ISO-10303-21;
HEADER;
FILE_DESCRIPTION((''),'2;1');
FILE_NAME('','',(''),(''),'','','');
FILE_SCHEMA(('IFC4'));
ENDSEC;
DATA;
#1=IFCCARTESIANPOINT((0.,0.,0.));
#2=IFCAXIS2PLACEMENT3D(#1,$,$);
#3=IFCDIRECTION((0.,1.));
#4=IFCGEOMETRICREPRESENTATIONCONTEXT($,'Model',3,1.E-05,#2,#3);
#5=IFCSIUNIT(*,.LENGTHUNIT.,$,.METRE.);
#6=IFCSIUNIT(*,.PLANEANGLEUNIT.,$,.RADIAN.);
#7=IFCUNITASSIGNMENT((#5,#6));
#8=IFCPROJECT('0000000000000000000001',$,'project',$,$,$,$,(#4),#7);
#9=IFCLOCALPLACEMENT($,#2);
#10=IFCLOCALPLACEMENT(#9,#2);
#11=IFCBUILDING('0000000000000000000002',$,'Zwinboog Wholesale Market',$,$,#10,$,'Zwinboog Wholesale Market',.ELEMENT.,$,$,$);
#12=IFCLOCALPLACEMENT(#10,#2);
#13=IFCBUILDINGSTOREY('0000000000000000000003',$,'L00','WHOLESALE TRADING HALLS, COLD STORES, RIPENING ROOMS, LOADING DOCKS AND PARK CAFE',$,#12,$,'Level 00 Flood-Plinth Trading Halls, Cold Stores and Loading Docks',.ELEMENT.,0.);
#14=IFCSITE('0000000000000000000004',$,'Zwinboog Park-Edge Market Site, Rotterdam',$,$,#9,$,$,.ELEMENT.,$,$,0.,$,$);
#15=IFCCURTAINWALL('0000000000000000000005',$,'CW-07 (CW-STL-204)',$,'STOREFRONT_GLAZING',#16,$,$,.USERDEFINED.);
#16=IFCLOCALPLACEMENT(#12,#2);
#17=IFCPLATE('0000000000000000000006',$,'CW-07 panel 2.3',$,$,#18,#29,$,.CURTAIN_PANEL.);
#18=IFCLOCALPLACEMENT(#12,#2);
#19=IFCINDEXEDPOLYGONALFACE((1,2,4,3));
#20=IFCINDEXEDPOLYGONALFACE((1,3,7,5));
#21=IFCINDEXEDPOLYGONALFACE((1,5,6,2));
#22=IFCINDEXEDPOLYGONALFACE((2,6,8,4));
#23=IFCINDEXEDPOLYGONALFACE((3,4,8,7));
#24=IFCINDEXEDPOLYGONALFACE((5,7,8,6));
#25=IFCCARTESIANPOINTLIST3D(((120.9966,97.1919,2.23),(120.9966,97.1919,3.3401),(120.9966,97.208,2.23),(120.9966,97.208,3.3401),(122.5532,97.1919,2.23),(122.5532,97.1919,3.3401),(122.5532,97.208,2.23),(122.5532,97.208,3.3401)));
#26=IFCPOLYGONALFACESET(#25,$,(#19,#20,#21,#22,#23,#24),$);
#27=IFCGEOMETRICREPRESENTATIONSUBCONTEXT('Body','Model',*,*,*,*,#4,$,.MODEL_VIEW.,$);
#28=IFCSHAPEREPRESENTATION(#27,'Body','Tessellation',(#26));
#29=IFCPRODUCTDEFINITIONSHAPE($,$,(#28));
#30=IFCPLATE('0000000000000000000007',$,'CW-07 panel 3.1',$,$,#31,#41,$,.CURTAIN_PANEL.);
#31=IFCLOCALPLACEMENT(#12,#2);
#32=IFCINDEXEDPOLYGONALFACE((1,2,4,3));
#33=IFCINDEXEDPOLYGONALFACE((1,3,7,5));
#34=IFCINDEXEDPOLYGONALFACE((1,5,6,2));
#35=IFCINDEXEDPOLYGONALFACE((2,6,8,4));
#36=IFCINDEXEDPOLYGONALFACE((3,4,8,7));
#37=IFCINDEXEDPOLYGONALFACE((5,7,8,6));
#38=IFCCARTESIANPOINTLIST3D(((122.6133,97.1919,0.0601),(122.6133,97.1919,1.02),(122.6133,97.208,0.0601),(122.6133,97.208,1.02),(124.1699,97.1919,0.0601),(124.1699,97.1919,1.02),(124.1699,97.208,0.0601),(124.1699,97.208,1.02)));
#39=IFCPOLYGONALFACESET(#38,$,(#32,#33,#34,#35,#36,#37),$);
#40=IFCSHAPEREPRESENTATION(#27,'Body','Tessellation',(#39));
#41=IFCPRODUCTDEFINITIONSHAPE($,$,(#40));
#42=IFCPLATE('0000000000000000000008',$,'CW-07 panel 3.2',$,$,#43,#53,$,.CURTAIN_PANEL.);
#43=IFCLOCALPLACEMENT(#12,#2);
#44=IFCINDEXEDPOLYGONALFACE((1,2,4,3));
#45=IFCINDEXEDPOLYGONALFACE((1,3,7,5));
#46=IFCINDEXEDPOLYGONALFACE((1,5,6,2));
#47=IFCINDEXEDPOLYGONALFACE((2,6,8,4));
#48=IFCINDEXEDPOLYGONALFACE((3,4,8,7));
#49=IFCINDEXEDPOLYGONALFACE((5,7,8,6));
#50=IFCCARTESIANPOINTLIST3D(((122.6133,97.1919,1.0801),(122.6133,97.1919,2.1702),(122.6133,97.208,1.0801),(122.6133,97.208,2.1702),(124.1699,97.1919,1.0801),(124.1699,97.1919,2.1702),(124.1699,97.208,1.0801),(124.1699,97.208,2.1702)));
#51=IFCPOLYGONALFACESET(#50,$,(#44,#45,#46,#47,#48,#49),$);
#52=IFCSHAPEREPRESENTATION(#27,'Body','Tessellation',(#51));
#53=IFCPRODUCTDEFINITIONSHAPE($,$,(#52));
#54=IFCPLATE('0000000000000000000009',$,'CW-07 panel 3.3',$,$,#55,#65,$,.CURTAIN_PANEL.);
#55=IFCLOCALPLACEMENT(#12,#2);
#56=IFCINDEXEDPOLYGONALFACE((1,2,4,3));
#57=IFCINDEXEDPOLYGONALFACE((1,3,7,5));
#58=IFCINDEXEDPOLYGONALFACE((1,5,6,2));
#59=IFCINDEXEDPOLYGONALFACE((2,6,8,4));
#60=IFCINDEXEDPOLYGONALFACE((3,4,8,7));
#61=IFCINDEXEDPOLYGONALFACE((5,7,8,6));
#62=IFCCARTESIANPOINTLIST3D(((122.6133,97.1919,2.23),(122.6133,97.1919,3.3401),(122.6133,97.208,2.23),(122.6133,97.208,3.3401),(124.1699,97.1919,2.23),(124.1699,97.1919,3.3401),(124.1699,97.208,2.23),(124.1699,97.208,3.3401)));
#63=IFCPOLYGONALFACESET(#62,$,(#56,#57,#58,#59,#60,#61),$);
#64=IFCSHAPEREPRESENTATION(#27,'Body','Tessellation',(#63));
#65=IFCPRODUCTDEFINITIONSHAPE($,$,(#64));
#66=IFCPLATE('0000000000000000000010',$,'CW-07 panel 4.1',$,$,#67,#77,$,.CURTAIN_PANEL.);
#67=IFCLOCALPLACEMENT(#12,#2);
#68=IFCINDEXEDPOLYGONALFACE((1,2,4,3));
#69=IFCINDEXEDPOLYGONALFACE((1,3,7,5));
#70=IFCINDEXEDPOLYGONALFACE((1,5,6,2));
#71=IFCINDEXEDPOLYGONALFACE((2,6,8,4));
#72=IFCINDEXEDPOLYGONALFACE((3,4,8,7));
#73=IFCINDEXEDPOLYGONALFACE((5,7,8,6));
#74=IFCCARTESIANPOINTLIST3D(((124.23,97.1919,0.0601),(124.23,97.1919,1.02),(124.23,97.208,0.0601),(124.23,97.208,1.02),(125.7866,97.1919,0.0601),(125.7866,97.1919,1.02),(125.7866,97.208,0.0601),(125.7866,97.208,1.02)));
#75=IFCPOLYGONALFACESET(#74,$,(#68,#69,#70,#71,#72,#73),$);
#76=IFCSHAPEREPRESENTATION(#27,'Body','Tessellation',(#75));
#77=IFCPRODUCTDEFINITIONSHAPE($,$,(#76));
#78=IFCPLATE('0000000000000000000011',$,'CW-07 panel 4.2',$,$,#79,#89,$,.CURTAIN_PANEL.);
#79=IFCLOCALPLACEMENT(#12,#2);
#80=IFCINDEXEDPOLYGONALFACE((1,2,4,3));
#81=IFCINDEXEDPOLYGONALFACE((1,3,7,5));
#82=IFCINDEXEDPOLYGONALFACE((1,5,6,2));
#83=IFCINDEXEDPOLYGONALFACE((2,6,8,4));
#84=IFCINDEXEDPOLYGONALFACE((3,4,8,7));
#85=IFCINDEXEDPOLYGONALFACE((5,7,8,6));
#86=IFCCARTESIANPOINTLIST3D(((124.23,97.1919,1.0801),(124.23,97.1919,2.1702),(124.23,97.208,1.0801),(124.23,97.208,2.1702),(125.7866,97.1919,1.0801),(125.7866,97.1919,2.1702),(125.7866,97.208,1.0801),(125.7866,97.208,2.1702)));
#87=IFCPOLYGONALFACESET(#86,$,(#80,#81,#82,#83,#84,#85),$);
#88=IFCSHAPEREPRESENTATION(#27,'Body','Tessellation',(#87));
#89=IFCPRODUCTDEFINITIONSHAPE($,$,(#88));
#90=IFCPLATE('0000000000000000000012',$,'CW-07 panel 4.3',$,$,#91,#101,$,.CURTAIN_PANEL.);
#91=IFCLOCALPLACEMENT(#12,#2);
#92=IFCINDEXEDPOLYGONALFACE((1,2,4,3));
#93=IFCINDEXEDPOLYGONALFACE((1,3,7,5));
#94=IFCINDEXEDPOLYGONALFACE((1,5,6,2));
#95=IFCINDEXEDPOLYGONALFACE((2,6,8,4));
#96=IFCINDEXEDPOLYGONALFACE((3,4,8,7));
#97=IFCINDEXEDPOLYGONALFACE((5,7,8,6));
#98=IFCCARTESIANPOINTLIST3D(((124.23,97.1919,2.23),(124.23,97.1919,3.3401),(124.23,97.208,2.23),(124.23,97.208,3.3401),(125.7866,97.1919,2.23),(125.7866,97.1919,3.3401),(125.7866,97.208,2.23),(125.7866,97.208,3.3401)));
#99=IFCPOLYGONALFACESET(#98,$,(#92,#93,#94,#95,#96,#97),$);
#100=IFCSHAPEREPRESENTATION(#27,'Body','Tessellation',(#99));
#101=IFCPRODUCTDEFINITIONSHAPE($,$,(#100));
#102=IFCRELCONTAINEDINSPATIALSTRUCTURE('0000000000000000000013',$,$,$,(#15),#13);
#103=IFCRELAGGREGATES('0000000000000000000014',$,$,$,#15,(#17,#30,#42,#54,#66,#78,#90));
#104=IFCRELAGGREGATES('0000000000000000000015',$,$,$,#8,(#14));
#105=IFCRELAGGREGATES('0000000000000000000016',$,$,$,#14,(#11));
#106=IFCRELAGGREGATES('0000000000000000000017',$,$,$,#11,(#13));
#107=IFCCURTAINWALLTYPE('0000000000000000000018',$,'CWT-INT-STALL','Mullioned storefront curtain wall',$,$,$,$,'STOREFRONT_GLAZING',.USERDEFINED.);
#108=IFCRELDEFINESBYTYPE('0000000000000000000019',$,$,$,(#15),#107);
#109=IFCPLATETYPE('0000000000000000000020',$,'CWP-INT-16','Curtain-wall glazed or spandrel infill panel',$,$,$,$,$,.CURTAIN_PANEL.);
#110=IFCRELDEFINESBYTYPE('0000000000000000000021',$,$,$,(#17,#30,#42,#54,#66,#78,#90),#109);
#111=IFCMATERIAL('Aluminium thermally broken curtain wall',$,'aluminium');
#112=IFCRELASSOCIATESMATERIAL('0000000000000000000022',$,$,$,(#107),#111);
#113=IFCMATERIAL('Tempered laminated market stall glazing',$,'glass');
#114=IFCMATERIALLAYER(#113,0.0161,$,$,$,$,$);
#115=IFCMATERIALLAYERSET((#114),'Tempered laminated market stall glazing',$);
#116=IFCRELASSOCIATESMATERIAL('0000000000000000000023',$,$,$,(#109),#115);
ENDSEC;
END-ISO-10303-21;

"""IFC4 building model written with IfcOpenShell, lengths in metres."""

from ifc_helpers import new_model, si_unit, direction, frame, origin, origin_2d, place, context, subcontext, project, spatial, rectangle, extrude, material, layer, layer_set, type_object, element, aggregate, save


model = new_model("IFC4")

# Units and contexts
model_context = context("Model", 3, precision=1e-05, world=origin(), true_north=direction((0.0, 1.0)))
body_context = subcontext(model_context, "Body", "Model", "MODEL_VIEW")
ifc_project = project(units=[si_unit("LENGTHUNIT", "METRE"), si_unit("PLANEANGLEUNIT", "RADIAN")], contexts=[model_context])

# Site, building, storey
site_placement = place(None, origin())
site = spatial("IfcSite", under=ifc_project, at=site_placement, Name="Zwinboog Park-Edge Market Site, Rotterdam", CompositionType="ELEMENT", RefElevation=0.0)
building_placement = place(site_placement, origin())
building = spatial("IfcBuilding", under=site, at=building_placement, Name="Zwinboog Wholesale Market", LongName="Zwinboog Wholesale Market", CompositionType="ELEMENT")
storey_placement = place(building_placement, origin())
storey = spatial("IfcBuildingStorey", under=building, at=storey_placement, Name="L00", Description="WHOLESALE TRADING HALLS, COLD STORES, RIPENING ROOMS, LOADING DOCKS AND PARK CAFE", LongName="Level 00 Flood-Plinth Trading Halls, Cold Stores and Loading Docks", CompositionType="ELEMENT", Elevation=0.0)

# Curtain wall, plates
ifc_material_1 = material(Name="Aluminium thermally broken curtain wall", Category="aluminium")
curtain_wall_type = type_object("IfcCurtainWallType", Name="CWT-INT-STALL", Description="Mullioned storefront curtain wall", ElementType="STOREFRONT_GLAZING", PredefinedType="USERDEFINED", material=ifc_material_1)
curtain_wall_placement = place(storey_placement, origin())
curtain_wall = element("IfcCurtainWall", 1, at=curtain_wall_placement, inside=storey, type_object=curtain_wall_type, Name="CW-07 (CW-STL-204)", ObjectType="STOREFRONT_GLAZING", PredefinedType="USERDEFINED")
ifc_material_2 = material(Name="Tempered laminated market stall glazing", Category="glass")
ifc_layer = layer(ifc_material_2, 0.0161)
ifc_layer_set = layer_set([ifc_layer], Name="Tempered laminated market stall glazing")
plate_type = type_object("IfcPlateType", Name="CWP-INT-16", Description="Curtain-wall glazed or spandrel infill panel", PredefinedType="CURTAIN_PANEL", material=ifc_layer_set)
plate_1_placement = place(storey_placement, frame((121.7749, 97.2, 2.23), z_axis=(0.0, 0.0, 1.0), x_axis=(1.0, 0.0, 0.0)))
plate_1 = element("IfcPlate", 2, at=plate_1_placement, type_object=plate_type, Name="CW-07 panel 2.3", PredefinedType="CURTAIN_PANEL", context=body_context, shape_type="SweptSolid", body=[
    extrude(rectangle(XDim=1.5566, YDim=0.0161, at=origin_2d()), origin(), (0.0, 0.0, 1.0), 1.1101),
])
plate_2_placement = place(storey_placement, frame((123.3916, 97.2, 0.0601), z_axis=(0.0, 0.0, 1.0), x_axis=(1.0, 0.0, 0.0)))
plate_2 = element("IfcPlate", 3, at=plate_2_placement, type_object=plate_type, Name="CW-07 panel 3.1", PredefinedType="CURTAIN_PANEL", context=body_context, shape_type="SweptSolid", body=[
    extrude(rectangle(XDim=1.5566, YDim=0.0161, at=origin_2d()), origin(), (0.0, 0.0, 1.0), 0.96),
])
plate_3_placement = place(storey_placement, frame((123.3916, 97.2, 1.0801), z_axis=(0.0, 0.0, 1.0), x_axis=(1.0, 0.0, 0.0)))
plate_3 = element("IfcPlate", 4, at=plate_3_placement, type_object=plate_type, Name="CW-07 panel 3.2", PredefinedType="CURTAIN_PANEL", context=body_context, shape_type="SweptSolid", body=[
    extrude(rectangle(XDim=1.5566, YDim=0.0161, at=origin_2d()), origin(), (0.0, 0.0, 1.0), 1.0901),
])
plate_4_placement = place(storey_placement, frame((123.3916, 97.2, 2.23), z_axis=(0.0, 0.0, 1.0), x_axis=(1.0, 0.0, 0.0)))
plate_4 = element("IfcPlate", 5, at=plate_4_placement, type_object=plate_type, Name="CW-07 panel 3.3", PredefinedType="CURTAIN_PANEL", context=body_context, shape_type="SweptSolid", body=[
    extrude(rectangle(XDim=1.5566, YDim=0.0161, at=origin_2d()), origin(), (0.0, 0.0, 1.0), 1.1101),
])
plate_5_placement = place(storey_placement, frame((125.0083, 97.2, 0.0601), z_axis=(0.0, 0.0, 1.0), x_axis=(1.0, 0.0, 0.0)))
plate_5 = element("IfcPlate", 6, at=plate_5_placement, type_object=plate_type, Name="CW-07 panel 4.1", PredefinedType="CURTAIN_PANEL", context=body_context, shape_type="SweptSolid", body=[
    extrude(rectangle(XDim=1.5566, YDim=0.0161, at=origin_2d()), origin(), (0.0, 0.0, 1.0), 0.96),
])
plate_6_placement = place(storey_placement, frame((125.0083, 97.2, 1.0801), z_axis=(0.0, 0.0, 1.0), x_axis=(1.0, 0.0, 0.0)))
plate_6 = element("IfcPlate", 7, at=plate_6_placement, type_object=plate_type, Name="CW-07 panel 4.2", PredefinedType="CURTAIN_PANEL", context=body_context, shape_type="SweptSolid", body=[
    extrude(rectangle(XDim=1.5566, YDim=0.0161, at=origin_2d()), origin(), (0.0, 0.0, 1.0), 1.0901),
])
plate_7_placement = place(storey_placement, frame((125.0083, 97.2, 2.23), z_axis=(0.0, 0.0, 1.0), x_axis=(1.0, 0.0, 0.0)))
plate_7 = element("IfcPlate", 8, at=plate_7_placement, type_object=plate_type, Name="CW-07 panel 4.3", PredefinedType="CURTAIN_PANEL", context=body_context, shape_type="SweptSolid", body=[
    extrude(rectangle(XDim=1.5566, YDim=0.0161, at=origin_2d()), origin(), (0.0, 0.0, 1.0), 1.1101),
])
aggregate(curtain_wall, [plate_1, plate_2, plate_3, plate_4, plate_5, plate_6, plate_7])

save(model, "model.ifc")
